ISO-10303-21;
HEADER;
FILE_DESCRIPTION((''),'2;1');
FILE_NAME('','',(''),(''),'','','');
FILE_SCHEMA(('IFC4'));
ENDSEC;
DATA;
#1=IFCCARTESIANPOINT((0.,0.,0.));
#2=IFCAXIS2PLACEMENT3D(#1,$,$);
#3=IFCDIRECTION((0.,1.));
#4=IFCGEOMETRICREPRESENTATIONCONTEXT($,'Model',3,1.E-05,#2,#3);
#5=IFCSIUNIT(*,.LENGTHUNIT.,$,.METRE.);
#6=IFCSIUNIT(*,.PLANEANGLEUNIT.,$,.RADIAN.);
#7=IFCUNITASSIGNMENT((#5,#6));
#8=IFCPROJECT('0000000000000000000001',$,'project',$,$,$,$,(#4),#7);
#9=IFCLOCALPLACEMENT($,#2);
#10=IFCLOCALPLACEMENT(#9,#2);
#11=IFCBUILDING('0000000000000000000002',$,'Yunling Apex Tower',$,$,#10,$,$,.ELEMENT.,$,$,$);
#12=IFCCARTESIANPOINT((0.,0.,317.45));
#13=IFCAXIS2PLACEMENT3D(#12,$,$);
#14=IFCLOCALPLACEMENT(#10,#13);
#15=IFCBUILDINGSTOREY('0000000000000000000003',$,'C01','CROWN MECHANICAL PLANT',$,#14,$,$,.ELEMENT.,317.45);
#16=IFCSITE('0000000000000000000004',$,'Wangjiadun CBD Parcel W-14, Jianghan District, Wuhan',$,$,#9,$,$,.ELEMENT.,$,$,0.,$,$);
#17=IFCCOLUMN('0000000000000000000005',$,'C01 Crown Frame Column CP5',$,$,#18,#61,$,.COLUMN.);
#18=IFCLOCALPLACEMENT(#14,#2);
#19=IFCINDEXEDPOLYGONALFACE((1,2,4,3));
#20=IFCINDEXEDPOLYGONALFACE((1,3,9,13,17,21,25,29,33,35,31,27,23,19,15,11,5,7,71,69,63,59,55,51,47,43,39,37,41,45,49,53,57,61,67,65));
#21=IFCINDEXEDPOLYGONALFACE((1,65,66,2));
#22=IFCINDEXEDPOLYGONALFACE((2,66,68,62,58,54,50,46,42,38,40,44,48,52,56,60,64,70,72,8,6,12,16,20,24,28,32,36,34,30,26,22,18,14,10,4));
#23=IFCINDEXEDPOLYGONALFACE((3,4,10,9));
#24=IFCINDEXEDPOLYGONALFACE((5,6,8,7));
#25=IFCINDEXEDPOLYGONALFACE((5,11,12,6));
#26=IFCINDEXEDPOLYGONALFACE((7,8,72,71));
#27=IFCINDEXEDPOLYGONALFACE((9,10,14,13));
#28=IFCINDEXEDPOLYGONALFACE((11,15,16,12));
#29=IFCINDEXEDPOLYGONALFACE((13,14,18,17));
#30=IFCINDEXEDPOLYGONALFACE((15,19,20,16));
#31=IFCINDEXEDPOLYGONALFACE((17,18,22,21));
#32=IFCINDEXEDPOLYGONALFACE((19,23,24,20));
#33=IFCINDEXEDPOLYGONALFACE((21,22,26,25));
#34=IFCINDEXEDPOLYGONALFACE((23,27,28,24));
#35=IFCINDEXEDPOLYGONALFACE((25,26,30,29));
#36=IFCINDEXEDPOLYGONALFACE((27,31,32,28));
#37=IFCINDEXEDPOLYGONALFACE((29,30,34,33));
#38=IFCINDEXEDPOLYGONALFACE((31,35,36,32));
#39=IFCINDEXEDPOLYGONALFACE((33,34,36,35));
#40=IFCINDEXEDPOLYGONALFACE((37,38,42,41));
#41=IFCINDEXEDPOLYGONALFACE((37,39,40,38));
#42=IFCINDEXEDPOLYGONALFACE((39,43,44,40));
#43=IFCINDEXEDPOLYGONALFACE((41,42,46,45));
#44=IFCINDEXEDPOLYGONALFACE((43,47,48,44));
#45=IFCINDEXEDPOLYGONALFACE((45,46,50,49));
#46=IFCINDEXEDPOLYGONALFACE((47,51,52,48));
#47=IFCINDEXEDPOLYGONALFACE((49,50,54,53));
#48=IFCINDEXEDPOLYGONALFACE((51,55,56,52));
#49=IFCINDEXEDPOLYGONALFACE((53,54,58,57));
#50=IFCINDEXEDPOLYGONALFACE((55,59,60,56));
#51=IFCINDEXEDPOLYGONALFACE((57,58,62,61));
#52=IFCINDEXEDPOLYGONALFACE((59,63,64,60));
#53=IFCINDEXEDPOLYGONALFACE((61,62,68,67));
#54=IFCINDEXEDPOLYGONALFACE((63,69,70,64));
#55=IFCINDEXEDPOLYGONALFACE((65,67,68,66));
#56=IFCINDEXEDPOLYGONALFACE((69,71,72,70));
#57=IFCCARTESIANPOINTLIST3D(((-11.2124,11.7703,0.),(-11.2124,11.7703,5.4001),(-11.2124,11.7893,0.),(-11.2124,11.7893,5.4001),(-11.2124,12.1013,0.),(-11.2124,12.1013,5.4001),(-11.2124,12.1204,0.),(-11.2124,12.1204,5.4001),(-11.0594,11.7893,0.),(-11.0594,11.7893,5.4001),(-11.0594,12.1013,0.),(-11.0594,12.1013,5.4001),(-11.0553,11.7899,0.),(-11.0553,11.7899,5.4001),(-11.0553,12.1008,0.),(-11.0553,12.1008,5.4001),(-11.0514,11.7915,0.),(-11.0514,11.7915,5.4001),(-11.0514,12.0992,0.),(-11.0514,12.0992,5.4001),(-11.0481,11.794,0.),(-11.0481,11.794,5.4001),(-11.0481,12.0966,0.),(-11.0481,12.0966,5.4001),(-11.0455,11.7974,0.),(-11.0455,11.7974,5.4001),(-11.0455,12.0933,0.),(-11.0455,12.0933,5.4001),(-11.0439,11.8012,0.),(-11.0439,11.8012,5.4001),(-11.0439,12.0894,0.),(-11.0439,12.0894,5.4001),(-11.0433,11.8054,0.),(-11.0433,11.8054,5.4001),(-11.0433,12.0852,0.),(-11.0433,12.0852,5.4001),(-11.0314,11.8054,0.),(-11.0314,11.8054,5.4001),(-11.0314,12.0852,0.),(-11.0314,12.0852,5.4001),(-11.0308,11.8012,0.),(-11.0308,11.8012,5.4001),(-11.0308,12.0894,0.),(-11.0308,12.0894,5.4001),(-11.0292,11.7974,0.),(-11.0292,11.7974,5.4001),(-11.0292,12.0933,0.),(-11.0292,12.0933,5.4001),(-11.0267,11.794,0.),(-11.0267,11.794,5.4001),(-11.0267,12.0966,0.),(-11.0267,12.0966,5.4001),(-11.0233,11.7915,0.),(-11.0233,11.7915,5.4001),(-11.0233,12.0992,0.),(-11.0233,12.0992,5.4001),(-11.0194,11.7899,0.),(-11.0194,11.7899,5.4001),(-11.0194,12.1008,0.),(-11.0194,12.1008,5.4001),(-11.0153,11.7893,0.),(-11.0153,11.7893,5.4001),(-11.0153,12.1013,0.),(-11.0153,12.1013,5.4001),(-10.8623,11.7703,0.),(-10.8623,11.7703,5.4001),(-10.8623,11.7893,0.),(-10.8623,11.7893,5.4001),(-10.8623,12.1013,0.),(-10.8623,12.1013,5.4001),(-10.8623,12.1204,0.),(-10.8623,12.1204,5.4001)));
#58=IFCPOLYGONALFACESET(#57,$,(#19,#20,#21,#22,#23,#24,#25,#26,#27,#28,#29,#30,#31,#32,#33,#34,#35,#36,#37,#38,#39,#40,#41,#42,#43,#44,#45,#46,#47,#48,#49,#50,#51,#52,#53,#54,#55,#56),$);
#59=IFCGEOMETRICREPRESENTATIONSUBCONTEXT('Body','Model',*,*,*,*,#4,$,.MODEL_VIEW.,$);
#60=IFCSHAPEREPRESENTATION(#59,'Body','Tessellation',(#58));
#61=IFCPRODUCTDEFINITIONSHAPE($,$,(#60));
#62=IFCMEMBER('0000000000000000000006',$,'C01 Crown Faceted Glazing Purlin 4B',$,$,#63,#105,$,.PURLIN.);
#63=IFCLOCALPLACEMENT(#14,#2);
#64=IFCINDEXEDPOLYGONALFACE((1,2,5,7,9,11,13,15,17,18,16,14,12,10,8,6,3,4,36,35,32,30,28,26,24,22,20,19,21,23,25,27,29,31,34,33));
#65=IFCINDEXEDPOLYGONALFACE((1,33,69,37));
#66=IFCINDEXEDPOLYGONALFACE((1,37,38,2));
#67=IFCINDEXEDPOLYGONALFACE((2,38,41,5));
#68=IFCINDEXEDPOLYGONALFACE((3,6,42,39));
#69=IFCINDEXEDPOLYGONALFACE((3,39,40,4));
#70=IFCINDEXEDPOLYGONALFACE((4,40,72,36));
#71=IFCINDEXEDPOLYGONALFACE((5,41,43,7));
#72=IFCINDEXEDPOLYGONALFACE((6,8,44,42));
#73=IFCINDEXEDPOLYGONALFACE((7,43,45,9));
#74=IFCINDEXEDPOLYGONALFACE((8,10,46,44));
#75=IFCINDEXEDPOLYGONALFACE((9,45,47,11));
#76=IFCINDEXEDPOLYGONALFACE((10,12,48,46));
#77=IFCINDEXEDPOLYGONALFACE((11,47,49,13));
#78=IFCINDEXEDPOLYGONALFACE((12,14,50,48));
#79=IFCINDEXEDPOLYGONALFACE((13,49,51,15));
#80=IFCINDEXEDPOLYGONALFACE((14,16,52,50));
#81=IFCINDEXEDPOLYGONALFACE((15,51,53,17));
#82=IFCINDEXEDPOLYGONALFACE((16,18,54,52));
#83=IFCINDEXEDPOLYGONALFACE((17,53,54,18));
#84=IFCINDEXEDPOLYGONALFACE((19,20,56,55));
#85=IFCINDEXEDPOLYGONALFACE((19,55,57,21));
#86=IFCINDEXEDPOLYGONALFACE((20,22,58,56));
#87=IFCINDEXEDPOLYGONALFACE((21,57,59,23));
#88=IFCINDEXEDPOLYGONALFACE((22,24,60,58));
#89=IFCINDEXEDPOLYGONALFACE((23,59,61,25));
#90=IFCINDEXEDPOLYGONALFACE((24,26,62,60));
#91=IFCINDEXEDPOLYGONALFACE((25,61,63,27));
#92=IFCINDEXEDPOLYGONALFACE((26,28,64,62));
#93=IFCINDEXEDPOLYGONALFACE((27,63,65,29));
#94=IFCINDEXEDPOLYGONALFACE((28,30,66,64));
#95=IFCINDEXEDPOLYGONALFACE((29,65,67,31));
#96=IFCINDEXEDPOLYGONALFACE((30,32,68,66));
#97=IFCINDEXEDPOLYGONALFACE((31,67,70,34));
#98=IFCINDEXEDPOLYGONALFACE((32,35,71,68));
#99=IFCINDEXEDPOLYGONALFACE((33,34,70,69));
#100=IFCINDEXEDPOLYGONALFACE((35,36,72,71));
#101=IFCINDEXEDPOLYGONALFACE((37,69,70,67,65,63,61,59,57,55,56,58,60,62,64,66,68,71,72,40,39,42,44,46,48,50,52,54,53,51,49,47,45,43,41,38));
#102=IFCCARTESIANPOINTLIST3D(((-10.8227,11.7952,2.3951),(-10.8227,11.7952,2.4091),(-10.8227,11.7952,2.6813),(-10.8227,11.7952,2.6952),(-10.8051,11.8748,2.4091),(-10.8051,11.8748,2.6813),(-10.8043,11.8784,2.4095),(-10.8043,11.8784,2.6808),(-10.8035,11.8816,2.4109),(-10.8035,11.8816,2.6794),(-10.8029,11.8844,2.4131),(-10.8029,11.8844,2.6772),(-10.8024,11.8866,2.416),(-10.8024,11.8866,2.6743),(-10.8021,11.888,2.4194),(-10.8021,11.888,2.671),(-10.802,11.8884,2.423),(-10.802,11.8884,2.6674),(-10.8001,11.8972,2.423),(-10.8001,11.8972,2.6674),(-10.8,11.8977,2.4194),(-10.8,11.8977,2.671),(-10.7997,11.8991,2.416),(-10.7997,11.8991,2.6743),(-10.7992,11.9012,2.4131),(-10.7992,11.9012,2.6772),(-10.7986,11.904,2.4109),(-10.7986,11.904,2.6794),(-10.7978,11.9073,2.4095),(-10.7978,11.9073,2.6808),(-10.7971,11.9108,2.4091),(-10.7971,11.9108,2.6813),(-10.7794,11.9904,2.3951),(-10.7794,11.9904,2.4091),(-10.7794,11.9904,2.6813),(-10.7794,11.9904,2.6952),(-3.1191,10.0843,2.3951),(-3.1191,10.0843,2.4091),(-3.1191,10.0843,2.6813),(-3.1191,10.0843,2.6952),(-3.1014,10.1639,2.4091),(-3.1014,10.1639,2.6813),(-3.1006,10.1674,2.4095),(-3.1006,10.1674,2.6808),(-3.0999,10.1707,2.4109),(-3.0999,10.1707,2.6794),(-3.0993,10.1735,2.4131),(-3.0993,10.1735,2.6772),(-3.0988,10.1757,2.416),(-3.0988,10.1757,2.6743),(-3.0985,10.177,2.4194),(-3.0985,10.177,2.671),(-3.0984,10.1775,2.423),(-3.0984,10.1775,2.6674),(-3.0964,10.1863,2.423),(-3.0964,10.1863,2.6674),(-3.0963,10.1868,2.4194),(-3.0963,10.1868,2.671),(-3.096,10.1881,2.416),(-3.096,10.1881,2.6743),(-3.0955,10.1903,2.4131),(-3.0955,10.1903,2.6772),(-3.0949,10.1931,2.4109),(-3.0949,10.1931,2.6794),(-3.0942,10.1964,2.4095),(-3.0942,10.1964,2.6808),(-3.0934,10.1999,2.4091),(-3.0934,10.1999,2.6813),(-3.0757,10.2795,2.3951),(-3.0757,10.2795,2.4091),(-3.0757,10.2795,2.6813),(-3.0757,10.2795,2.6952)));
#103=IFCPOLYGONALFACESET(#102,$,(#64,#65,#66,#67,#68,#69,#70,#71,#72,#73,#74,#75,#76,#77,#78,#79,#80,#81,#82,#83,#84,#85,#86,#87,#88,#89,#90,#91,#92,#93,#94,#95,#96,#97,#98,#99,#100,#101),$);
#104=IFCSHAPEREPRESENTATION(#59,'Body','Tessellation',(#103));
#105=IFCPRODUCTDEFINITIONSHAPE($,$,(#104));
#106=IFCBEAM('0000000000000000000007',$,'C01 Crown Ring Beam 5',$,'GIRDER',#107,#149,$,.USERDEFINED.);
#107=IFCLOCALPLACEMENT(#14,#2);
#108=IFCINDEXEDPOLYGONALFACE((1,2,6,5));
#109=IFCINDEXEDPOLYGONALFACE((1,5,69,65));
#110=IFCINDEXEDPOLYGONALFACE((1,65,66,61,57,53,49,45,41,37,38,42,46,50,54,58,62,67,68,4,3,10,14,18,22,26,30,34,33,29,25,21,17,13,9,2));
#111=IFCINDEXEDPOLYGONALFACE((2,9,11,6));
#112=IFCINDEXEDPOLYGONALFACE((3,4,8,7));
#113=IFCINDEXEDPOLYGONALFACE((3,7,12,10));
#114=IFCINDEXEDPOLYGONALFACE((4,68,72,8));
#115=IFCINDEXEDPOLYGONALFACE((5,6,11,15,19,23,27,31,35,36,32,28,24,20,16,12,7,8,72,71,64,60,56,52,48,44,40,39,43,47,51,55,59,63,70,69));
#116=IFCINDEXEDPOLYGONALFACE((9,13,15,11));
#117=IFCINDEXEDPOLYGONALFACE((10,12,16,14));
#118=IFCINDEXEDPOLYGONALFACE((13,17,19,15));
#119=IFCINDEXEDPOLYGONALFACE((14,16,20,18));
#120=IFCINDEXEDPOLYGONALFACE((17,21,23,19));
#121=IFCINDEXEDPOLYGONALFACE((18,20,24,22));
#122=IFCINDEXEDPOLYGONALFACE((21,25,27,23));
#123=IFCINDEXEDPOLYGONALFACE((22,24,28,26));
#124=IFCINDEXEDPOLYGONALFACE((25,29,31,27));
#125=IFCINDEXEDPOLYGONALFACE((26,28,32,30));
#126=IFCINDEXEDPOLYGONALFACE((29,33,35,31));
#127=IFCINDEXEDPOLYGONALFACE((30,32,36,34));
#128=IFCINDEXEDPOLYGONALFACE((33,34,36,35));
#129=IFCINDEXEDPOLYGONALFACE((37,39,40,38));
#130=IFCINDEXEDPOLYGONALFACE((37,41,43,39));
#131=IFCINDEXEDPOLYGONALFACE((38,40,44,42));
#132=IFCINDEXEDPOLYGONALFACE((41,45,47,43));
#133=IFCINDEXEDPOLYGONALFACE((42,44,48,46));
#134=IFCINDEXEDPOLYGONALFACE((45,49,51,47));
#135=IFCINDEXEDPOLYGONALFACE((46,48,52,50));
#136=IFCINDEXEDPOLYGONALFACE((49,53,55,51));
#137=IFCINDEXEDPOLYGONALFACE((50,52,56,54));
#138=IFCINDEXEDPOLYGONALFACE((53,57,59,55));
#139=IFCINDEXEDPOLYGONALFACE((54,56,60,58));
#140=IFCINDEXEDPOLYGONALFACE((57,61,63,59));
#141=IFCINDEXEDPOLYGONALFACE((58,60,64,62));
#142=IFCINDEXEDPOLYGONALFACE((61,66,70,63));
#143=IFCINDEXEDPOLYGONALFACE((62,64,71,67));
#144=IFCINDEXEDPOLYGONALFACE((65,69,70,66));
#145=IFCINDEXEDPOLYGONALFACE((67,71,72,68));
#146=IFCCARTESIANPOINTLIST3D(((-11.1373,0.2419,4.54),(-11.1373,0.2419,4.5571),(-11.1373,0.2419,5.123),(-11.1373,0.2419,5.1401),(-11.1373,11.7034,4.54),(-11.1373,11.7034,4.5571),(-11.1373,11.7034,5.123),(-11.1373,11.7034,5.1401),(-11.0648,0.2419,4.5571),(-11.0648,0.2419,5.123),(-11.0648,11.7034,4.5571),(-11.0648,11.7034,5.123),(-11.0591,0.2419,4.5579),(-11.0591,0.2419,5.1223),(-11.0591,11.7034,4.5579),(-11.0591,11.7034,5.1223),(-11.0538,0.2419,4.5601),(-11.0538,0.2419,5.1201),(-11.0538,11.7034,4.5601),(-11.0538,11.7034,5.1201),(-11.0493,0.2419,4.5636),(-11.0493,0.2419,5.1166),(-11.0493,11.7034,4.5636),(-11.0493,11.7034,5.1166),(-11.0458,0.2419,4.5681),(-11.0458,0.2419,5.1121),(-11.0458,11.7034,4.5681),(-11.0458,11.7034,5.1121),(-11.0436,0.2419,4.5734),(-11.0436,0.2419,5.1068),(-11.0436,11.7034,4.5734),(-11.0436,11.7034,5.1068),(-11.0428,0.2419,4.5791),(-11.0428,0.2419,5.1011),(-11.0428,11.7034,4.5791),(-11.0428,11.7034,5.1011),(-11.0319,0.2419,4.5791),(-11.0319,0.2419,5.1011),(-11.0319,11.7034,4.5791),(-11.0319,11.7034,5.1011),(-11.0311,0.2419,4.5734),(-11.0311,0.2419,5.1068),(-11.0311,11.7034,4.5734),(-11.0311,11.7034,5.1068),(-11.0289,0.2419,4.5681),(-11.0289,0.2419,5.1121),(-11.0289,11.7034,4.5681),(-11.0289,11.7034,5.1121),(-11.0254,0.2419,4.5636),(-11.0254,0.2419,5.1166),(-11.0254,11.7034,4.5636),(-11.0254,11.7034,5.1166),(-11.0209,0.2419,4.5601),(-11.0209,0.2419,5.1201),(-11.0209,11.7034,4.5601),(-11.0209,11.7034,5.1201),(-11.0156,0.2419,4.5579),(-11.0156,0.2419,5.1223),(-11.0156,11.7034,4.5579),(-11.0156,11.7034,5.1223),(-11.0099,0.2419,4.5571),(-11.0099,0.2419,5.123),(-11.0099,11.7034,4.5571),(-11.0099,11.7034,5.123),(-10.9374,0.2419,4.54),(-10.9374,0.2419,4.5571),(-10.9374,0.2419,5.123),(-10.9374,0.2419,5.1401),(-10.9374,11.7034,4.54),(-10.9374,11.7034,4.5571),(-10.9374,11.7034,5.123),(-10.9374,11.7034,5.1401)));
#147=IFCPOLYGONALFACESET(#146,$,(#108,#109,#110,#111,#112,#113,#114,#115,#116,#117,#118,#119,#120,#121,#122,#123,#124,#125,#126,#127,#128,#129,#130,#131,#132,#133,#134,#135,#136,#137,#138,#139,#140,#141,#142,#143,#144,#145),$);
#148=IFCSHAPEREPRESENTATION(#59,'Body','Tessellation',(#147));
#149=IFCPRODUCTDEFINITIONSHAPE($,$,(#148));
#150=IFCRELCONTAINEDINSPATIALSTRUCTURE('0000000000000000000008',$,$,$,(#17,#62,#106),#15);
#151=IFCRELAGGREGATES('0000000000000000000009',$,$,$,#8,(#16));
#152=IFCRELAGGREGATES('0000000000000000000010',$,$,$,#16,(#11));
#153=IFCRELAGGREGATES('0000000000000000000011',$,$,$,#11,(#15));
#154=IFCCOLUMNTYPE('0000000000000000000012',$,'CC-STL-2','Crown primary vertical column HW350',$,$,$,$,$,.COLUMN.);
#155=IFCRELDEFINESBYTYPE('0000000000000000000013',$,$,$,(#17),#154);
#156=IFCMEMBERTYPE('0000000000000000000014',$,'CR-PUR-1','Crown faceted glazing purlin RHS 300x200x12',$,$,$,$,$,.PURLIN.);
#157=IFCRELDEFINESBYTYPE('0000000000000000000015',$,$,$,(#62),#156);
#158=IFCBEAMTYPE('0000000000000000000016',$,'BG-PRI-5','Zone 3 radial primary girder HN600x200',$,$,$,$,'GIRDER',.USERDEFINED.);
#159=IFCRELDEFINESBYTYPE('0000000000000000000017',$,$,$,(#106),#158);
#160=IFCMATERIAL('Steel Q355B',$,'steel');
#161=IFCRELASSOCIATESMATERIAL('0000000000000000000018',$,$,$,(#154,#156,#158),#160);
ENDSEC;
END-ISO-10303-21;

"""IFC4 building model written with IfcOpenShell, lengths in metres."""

from ifc_helpers import new_model, si_unit, direction, frame, origin, origin_2d, place, context, subcontext, project, spatial, i_section, extrude, source, transform, mapped, material, material_profile, profile_set, type_object, element, save


model = new_model("IFC4")

# Units and contexts
model_context = context("Model", 3, precision=1e-05, world=origin(), true_north=direction((0.0, 1.0)))
body_context = subcontext(model_context, "Body", "Model", "MODEL_VIEW")
ifc_project = project(units=[si_unit("LENGTHUNIT", "METRE"), si_unit("PLANEANGLEUNIT", "RADIAN")], contexts=[model_context])

# Site, building, storey
site_placement = place(None, origin())
site = spatial("IfcSite", under=ifc_project, at=site_placement, Name="Wangjiadun CBD Parcel W-14, Jianghan District, Wuhan", CompositionType="ELEMENT", RefElevation=0.0)
building_placement = place(site_placement, origin())
building = spatial("IfcBuilding", under=site, at=building_placement, Name="Yunling Apex Tower", CompositionType="ELEMENT")
storey_placement = place(building_placement, frame((0.0, 0.0, 317.45)))
storey = spatial("IfcBuildingStorey", under=building, at=storey_placement, Name="C01", Description="CROWN MECHANICAL PLANT", CompositionType="ELEMENT", Elevation=317.45)

# Column
ifc_material_1 = material(Name="Steel Q355B", Category="steel")
ifc_material_profile_1 = material_profile(ifc_material_1, i_section(OverallWidth=0.3501, OverallDepth=0.3501, WebThickness=0.012, FlangeThickness=0.019, FilletRadius=0.0161, at=origin_2d()))
ifc_profile_set_1 = profile_set([ifc_material_profile_1], Name="Steel Q355B")
column_type = type_object("IfcColumnType", Name="CC-STL-2", Description="Crown primary vertical column HW350", PredefinedType="COLUMN", material=ifc_profile_set_1)
shared_shape_1 = source(origin(), body_context, "Body", "SweptSolid", [
    extrude(i_section(OverallWidth=0.3501, OverallDepth=0.3501, WebThickness=0.012, FlangeThickness=0.019, FilletRadius=0.0161, at=origin_2d()), origin(), (0.0, 0.0, 1.0), 5.4001),
])
column_placement = place(storey_placement, frame((-11.0374, 11.9453, 0.0), z_axis=(0.0, 0.0, 1.0), x_axis=(1.0, 0.0, 0.0)))
element("IfcColumn", 1, at=column_placement, inside=storey, type_object=column_type, Name="C01 Crown Frame Column CP5", PredefinedType="COLUMN", context=body_context, shape_type="MappedRepresentation", body=[
    mapped(shared_shape_1, transform((0.0, 0.0, 0.0), scale=1.0)),
])

# Member
ifc_material_profile_2 = material_profile(ifc_material_1, i_section(OverallWidth=0.2, OverallDepth=0.3, WebThickness=0.009, FlangeThickness=0.0139, FilletRadius=0.0139, at=origin_2d()))
ifc_profile_set_2 = profile_set([ifc_material_profile_2], Name="Steel Q355B")
member_type_1 = type_object("IfcMemberType", Name="CR-PUR-1", Description="Crown faceted glazing purlin RHS 300x200x12", PredefinedType="PURLIN", material=ifc_profile_set_2)
shared_shape_2 = source(origin(), body_context, "Body", "SweptSolid", [
    extrude(i_section(OverallWidth=0.2, OverallDepth=0.3, WebThickness=0.009, FlangeThickness=0.0139, FilletRadius=0.0139, at=origin_2d()), origin(), (0.0, 0.0, 1.0), 7.8914),
])
member_1_placement = place(storey_placement, frame((-3.0974, 10.1819, 2.5452), z_axis=(-0.976213, 0.216813, 0.0), x_axis=(-0.216813, -0.976213, 0.0)))
element("IfcMember", 2, at=member_1_placement, inside=storey, type_object=member_type_1, Name="C01 Crown Faceted Glazing Purlin 4B", PredefinedType="PURLIN", context=body_context, shape_type="MappedRepresentation", body=[
    mapped(shared_shape_2, transform((0.0, 0.0, 0.0), scale=1.0)),
])

# Beam
ifc_material_profile_3 = material_profile(ifc_material_1, i_section(OverallWidth=0.2, OverallDepth=0.6001, WebThickness=0.011, FlangeThickness=0.0171, FilletRadius=0.022, at=origin_2d()))
ifc_profile_set_3 = profile_set([ifc_material_profile_3], Name="Steel Q355B")
beam_type = type_object("IfcBeamType", Name="BG-PRI-5", Description="Zone 3 radial primary girder HN600x200", ElementType="GIRDER", PredefinedType="USERDEFINED", material=ifc_profile_set_3)
shared_shape_3 = source(origin(), body_context, "Body", "SweptSolid", [
    extrude(i_section(OverallWidth=0.2, OverallDepth=0.6001, WebThickness=0.011, FlangeThickness=0.0171, FilletRadius=0.022, at=origin_2d()), origin(), (0.0, 0.0, 1.0), 11.4614),
])
beam_placement = place(storey_placement, frame((-11.0374, 11.7034, 4.8401), z_axis=(0.0, -1.0, 0.0), x_axis=(1.0, 0.0, 0.0)))
element("IfcBeam", 3, at=beam_placement, inside=storey, type_object=beam_type, Name="C01 Crown Ring Beam 5", ObjectType="GIRDER", PredefinedType="USERDEFINED", context=body_context, shape_type="MappedRepresentation", body=[
    mapped(shared_shape_3, transform((0.0, 0.0, 0.0), scale=1.0)),
])

save(model, "model.ifc")
